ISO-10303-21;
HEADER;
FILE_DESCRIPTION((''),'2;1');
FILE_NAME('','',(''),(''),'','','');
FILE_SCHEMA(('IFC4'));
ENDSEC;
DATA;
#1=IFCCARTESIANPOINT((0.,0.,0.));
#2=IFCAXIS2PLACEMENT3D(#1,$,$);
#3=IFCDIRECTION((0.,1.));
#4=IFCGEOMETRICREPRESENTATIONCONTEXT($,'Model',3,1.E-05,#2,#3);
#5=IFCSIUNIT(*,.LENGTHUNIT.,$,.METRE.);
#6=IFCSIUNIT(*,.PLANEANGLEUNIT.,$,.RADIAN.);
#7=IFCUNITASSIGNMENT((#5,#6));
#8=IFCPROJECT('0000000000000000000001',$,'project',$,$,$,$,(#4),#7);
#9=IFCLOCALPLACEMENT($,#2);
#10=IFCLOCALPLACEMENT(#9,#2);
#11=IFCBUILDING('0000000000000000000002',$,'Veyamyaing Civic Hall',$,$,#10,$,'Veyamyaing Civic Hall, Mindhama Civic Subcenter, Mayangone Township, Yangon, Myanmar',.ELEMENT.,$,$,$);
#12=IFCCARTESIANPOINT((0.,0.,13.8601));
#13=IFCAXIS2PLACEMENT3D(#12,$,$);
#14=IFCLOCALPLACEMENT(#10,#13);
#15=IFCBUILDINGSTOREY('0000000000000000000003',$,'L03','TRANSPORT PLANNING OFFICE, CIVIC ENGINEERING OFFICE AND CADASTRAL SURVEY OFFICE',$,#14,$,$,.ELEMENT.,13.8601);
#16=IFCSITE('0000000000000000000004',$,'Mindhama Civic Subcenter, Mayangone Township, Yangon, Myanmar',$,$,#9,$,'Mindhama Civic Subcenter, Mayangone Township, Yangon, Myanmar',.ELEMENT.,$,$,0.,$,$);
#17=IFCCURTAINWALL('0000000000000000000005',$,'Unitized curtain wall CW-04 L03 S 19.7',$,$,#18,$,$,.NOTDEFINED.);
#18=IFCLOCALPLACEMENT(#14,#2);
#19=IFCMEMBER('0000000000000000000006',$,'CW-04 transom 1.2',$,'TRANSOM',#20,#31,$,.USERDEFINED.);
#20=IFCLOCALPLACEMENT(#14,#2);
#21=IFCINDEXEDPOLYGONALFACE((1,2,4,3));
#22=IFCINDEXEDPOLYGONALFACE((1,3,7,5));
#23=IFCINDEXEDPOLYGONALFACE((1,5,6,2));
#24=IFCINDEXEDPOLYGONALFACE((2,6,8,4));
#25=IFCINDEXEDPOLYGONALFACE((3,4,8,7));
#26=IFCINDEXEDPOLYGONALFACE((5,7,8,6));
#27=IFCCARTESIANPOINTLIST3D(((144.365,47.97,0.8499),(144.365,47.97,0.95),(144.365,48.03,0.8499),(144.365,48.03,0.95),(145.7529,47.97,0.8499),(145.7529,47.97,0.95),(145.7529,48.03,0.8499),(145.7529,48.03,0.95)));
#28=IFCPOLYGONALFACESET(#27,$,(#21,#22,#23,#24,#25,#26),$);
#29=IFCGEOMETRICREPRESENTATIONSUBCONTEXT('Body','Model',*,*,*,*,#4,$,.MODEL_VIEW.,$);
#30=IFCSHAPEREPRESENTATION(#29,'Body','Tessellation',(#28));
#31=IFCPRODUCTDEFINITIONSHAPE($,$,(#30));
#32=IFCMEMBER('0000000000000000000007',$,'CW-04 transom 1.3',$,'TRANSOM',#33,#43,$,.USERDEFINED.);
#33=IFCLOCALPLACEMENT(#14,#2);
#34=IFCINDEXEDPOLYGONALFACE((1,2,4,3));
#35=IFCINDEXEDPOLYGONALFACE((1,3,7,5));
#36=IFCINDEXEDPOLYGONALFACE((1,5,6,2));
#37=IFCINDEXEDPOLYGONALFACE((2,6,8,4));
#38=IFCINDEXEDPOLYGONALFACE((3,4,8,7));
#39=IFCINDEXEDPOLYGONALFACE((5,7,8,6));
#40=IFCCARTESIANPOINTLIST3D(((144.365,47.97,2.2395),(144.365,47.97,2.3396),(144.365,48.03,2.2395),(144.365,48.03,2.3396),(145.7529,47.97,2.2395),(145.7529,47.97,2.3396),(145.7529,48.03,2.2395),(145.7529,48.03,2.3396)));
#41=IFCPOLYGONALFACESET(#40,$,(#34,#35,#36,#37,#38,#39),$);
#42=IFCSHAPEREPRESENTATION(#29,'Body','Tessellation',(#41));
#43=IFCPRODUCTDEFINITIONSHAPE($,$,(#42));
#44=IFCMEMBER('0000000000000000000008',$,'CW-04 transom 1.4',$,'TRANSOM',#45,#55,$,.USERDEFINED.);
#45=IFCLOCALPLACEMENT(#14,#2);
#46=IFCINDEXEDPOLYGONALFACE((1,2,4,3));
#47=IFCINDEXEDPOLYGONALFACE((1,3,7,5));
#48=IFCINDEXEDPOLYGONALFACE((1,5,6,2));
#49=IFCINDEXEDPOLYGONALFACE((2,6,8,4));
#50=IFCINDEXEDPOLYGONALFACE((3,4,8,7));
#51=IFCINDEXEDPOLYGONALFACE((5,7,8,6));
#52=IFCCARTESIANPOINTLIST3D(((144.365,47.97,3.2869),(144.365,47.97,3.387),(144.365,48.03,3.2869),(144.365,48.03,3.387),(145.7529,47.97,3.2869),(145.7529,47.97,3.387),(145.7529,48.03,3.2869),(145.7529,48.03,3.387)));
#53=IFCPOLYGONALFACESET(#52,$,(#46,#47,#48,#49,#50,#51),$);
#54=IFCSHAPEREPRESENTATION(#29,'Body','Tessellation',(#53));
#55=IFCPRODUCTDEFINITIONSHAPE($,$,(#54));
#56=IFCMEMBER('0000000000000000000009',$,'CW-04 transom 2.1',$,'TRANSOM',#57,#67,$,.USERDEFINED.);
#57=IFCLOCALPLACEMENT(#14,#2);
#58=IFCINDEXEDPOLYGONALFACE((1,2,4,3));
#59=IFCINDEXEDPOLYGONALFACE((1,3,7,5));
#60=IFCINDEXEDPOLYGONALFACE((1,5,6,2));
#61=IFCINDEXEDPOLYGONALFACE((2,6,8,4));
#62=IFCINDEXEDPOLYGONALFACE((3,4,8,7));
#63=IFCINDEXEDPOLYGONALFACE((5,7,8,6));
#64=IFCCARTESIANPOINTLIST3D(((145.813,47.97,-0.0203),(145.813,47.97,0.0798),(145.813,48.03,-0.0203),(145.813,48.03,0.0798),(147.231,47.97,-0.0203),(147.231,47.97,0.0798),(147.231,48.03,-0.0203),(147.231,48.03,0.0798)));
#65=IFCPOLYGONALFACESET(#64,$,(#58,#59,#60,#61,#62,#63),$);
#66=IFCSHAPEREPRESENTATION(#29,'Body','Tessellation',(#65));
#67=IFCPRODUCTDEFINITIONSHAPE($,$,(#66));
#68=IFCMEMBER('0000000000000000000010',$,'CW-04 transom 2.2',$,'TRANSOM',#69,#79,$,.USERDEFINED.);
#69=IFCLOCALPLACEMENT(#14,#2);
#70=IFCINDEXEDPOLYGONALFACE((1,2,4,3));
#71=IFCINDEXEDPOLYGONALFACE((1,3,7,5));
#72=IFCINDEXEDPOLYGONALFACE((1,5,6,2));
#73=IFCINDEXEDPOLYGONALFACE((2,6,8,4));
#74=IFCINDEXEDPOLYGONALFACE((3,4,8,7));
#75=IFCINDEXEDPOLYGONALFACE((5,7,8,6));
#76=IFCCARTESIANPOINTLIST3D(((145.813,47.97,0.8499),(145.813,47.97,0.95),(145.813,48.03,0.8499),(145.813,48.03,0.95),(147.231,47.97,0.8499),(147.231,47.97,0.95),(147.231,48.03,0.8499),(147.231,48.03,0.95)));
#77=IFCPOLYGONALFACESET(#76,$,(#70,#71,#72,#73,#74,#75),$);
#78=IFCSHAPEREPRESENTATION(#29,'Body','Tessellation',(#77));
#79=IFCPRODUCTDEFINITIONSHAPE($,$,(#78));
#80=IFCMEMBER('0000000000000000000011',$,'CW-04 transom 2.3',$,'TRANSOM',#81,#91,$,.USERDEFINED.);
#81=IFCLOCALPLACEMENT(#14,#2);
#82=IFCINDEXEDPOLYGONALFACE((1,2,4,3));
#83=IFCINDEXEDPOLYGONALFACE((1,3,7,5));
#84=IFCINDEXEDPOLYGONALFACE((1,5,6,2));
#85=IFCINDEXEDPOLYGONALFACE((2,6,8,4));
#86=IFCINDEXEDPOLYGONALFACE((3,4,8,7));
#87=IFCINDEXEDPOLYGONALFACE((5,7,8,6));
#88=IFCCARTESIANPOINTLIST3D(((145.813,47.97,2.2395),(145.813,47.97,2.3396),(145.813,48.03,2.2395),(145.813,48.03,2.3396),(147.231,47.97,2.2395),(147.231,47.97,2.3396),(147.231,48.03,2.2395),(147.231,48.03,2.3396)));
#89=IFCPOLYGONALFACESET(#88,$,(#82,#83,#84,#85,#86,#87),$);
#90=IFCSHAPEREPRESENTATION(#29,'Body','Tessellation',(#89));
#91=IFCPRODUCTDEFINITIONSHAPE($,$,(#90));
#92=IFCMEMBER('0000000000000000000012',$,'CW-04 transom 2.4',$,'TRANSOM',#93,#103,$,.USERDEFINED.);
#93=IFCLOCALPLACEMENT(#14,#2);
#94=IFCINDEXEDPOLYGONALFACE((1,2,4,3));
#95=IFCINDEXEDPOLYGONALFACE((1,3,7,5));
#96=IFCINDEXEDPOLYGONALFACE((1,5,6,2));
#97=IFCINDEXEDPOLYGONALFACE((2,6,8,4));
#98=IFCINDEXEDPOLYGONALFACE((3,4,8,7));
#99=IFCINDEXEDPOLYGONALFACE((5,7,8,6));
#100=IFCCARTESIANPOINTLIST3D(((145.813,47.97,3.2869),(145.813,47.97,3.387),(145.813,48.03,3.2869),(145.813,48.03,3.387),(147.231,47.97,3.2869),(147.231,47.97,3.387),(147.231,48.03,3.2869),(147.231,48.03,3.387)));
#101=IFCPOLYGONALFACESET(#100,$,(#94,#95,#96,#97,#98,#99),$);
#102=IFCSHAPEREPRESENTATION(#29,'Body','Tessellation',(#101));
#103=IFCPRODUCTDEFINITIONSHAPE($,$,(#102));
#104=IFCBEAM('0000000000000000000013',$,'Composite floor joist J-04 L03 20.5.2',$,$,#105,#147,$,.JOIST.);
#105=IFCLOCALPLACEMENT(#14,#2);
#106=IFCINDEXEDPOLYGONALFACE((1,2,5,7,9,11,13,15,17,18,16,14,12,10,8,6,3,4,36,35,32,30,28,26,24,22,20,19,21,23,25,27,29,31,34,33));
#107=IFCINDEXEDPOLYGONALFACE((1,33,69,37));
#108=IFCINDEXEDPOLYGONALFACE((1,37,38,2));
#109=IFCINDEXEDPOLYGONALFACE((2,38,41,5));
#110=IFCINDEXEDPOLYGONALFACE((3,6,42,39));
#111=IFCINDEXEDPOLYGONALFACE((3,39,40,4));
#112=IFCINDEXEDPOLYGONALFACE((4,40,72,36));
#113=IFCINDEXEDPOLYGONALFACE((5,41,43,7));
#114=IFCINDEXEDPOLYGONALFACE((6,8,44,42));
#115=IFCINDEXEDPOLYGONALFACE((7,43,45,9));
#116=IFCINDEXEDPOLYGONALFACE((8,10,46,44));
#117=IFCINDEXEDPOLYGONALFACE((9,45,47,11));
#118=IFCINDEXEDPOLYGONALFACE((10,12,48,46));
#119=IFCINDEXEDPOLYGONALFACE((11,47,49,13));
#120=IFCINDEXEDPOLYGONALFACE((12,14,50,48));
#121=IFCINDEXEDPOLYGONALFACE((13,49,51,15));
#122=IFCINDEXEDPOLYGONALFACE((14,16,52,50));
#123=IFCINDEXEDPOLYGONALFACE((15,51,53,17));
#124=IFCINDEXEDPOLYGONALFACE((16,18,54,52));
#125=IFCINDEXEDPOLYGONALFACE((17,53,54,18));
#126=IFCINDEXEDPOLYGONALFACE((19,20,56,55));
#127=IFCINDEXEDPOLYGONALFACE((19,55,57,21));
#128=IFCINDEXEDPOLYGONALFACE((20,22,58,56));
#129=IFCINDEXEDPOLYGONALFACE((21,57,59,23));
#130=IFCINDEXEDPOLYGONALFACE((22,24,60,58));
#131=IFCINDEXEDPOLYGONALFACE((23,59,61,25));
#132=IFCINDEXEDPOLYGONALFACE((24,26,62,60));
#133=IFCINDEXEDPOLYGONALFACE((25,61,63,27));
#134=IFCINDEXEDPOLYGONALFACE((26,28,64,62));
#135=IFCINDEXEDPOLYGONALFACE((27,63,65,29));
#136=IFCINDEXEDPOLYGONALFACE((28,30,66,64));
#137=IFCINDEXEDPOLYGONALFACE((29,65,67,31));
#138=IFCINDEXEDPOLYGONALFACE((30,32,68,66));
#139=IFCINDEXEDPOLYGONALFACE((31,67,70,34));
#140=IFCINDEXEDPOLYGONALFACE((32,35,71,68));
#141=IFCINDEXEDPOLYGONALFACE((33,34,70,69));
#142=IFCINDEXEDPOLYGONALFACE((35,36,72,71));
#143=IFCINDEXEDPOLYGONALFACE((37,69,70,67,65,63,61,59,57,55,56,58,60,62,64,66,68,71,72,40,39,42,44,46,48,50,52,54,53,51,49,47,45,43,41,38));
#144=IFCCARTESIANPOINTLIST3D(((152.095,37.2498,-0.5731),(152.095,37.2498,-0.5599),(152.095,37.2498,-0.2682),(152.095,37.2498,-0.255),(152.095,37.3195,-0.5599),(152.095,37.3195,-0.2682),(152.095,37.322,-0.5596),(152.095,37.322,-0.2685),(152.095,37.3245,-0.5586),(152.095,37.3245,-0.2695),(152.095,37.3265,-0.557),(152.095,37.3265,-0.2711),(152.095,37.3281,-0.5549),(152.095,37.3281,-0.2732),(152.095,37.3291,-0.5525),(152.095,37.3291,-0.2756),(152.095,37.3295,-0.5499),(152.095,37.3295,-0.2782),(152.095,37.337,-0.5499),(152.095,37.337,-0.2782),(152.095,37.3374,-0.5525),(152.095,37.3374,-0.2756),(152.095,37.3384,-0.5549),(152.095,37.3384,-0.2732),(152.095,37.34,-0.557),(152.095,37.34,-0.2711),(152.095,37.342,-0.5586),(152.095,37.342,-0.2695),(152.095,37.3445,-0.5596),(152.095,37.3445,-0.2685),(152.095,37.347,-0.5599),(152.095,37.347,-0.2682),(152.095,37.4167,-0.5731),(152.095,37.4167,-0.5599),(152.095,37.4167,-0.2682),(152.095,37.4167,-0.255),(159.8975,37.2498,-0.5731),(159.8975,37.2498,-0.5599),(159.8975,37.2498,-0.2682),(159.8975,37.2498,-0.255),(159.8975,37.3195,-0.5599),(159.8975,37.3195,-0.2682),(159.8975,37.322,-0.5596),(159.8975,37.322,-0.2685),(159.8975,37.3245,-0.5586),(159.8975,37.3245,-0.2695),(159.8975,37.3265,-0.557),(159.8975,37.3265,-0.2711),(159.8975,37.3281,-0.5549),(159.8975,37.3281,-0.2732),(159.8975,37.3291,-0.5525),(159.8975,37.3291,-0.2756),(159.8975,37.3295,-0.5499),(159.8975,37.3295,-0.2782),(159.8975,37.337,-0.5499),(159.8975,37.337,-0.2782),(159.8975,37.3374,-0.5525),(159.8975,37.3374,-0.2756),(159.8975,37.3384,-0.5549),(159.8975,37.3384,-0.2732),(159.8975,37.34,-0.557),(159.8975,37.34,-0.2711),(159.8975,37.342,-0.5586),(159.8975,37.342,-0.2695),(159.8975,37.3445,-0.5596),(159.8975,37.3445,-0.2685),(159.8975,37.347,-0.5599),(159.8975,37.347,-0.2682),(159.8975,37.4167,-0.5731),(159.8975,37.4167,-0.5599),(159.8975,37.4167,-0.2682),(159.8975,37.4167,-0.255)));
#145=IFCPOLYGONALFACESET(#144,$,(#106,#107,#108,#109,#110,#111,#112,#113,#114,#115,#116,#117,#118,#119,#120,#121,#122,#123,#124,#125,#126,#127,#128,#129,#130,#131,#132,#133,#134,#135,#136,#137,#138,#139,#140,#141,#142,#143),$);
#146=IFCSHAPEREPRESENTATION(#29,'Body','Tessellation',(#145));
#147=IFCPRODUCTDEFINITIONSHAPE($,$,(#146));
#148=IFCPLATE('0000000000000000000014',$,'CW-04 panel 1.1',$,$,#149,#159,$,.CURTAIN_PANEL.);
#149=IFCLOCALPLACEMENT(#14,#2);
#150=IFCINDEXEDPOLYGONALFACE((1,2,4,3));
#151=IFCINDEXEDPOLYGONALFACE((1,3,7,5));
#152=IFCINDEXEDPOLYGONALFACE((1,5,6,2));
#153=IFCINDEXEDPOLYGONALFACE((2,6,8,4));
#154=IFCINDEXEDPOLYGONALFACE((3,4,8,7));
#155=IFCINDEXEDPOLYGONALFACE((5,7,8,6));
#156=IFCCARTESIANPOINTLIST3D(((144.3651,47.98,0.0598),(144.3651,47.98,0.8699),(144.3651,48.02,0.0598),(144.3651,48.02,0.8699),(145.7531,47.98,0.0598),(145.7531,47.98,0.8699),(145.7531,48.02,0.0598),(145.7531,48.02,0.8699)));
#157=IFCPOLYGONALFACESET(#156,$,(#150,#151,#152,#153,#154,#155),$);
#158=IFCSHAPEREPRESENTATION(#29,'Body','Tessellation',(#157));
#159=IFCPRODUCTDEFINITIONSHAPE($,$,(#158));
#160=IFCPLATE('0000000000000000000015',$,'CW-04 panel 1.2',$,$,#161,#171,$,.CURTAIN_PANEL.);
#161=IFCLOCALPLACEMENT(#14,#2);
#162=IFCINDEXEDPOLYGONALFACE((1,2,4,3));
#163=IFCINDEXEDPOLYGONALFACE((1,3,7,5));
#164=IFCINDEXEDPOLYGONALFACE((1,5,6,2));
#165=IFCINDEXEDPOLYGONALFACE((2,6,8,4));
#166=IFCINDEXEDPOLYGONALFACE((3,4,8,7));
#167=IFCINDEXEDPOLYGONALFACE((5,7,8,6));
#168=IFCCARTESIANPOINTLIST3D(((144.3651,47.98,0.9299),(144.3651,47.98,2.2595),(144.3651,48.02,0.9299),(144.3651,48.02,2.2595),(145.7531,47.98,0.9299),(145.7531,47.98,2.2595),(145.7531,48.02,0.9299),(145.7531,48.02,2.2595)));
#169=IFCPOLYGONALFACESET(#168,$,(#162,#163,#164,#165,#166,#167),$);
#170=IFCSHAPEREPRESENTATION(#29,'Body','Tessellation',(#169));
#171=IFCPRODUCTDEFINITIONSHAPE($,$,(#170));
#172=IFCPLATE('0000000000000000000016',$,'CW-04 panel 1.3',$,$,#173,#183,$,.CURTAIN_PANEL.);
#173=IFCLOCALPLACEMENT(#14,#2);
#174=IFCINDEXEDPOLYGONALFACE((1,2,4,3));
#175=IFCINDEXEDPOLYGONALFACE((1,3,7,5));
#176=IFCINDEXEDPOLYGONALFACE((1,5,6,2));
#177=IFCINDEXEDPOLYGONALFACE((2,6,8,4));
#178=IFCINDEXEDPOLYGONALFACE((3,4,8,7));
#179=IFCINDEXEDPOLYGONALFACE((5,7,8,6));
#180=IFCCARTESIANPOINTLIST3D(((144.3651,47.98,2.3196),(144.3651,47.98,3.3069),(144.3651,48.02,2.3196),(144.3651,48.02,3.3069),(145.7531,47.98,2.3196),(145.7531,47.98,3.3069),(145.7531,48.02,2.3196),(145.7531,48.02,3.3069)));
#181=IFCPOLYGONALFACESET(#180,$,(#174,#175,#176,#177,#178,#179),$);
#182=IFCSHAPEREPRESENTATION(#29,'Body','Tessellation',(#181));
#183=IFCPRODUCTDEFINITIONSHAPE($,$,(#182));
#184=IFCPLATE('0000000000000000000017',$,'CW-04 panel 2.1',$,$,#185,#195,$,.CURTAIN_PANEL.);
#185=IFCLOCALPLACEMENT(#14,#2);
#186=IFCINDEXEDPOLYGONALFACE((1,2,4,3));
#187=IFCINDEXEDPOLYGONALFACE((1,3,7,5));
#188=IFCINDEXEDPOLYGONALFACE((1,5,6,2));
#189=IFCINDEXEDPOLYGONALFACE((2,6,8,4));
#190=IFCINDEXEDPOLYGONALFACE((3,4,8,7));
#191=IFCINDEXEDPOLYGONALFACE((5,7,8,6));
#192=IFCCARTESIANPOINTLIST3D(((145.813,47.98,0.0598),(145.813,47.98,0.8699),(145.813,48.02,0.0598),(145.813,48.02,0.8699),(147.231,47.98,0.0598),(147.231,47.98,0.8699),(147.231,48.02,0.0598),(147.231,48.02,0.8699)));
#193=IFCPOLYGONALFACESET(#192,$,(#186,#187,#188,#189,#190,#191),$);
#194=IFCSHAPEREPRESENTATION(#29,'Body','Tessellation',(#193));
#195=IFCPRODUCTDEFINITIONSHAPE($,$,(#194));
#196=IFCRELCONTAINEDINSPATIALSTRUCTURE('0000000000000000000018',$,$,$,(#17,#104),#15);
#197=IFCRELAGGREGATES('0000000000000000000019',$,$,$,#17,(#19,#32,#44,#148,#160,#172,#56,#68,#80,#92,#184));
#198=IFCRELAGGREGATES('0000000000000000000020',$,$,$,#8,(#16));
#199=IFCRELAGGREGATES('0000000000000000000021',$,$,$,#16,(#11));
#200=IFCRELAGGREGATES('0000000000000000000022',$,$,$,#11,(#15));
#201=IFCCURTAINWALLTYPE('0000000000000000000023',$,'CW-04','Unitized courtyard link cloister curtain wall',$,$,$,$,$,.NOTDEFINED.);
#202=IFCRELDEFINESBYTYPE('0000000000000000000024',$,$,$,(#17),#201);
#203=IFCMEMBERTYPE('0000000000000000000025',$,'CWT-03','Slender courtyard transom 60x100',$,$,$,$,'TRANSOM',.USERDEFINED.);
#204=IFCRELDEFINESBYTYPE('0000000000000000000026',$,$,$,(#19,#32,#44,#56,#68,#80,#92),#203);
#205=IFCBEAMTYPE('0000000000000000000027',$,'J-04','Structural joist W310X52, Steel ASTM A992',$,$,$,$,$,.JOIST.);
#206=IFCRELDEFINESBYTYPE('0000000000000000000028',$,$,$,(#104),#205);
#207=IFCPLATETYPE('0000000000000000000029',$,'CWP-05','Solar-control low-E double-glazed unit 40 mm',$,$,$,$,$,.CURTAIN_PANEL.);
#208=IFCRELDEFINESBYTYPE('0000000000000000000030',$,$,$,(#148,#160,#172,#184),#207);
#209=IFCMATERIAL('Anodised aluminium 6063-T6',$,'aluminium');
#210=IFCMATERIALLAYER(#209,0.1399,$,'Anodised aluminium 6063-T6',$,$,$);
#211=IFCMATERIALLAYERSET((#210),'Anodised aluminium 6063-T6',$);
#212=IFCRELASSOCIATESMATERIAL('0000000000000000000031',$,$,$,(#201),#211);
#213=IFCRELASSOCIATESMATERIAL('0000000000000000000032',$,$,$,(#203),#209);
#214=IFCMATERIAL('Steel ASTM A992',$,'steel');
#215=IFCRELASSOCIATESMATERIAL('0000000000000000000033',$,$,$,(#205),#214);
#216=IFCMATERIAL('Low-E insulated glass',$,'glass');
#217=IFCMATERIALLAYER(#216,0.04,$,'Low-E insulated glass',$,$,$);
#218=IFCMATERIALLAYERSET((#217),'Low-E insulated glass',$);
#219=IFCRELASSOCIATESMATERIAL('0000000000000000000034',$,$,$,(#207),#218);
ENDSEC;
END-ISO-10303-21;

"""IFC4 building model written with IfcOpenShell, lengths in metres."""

from ifc_helpers import new_model, si_unit, direction, frame, origin, origin_2d, place, context, subcontext, project, spatial, rectangle, i_section, extrude, material, layer, layer_set, material_profile, profile_set, type_object, element, aggregate, save


model = new_model("IFC4")

# Units and contexts
model_context = context("Model", 3, precision=1e-05, world=origin(), true_north=direction((0.0, 1.0)))
body_context = subcontext(model_context, "Body", "Model", "MODEL_VIEW")
ifc_project = project(units=[si_unit("LENGTHUNIT", "METRE"), si_unit("PLANEANGLEUNIT", "RADIAN")], contexts=[model_context])

# Site, building, storey
site_placement = place(None, origin())
site = spatial("IfcSite", under=ifc_project, at=site_placement, Name="Mindhama Civic Subcenter, Mayangone Township, Yangon, Myanmar", LongName="Mindhama Civic Subcenter, Mayangone Township, Yangon, Myanmar", CompositionType="ELEMENT", RefElevation=0.0)
building_placement = place(site_placement, origin())
building = spatial("IfcBuilding", under=site, at=building_placement, Name="Veyamyaing Civic Hall", LongName="Veyamyaing Civic Hall, Mindhama Civic Subcenter, Mayangone Township, Yangon, Myanmar", CompositionType="ELEMENT")
storey_placement = place(building_placement, frame((0.0, 0.0, 13.8601)))
storey = spatial("IfcBuildingStorey", under=building, at=storey_placement, Name="L03", Description="TRANSPORT PLANNING OFFICE, CIVIC ENGINEERING OFFICE AND CADASTRAL SURVEY OFFICE", CompositionType="ELEMENT", Elevation=13.8601)

# Shared definitions
ifc_material_1 = material(Name="Steel ASTM A992", Category="steel")

# Curtain wall, members
ifc_material_2 = material(Name="Anodised aluminium 6063-T6", Category="aluminium")
ifc_layer_1 = layer(ifc_material_2, 0.1399, Name="Anodised aluminium 6063-T6")
ifc_layer_set_1 = layer_set([ifc_layer_1], Name="Anodised aluminium 6063-T6")
curtain_wall_type = type_object("IfcCurtainWallType", Name="CW-04", Description="Unitized courtyard link cloister curtain wall", PredefinedType="NOTDEFINED", material=ifc_layer_set_1)
curtain_wall_placement = place(storey_placement, origin())
curtain_wall = element("IfcCurtainWall", 1, at=curtain_wall_placement, inside=storey, type_object=curtain_wall_type, Name="Unitized curtain wall CW-04 L03 S 19.7", PredefinedType="NOTDEFINED")
ifc_material_profile_1 = material_profile(ifc_material_2, rectangle(XDim=0.0601, YDim=0.1001, at=origin_2d()), Name="ALU-TRN-60X100")
ifc_profile_set_1 = profile_set([ifc_material_profile_1], Name="Anodised aluminium 6063-T6")
member_type_1 = type_object("IfcMemberType", Name="CWT-03", Description="Slender courtyard transom 60x100", ElementType="TRANSOM", PredefinedType="USERDEFINED", material=ifc_profile_set_1)
member_1_placement = place(storey_placement, frame((144.365, 48.0, 0.8999), z_axis=(1.0, 0.0, 0.0), x_axis=(0.0, 1.0, 0.0)))
member_1 = element("IfcMember", 2, at=member_1_placement, type_object=member_type_1, Name="CW-04 transom 1.2", ObjectType="TRANSOM", PredefinedType="USERDEFINED", context=body_context, shape_type="SweptSolid", body=[
    extrude(rectangle(XDim=0.0601, YDim=0.1001, at=origin_2d()), origin(), (0.0, 0.0, 1.0), 1.3879),
])
member_2_placement = place(storey_placement, frame((144.365, 48.0, 2.2896), z_axis=(1.0, 0.0, 0.0), x_axis=(0.0, 1.0, 0.0)))
member_2 = element("IfcMember", 3, at=member_2_placement, type_object=member_type_1, Name="CW-04 transom 1.3", ObjectType="TRANSOM", PredefinedType="USERDEFINED", context=body_context, shape_type="SweptSolid", body=[
    extrude(rectangle(XDim=0.0601, YDim=0.1001, at=origin_2d()), origin(), (0.0, 0.0, 1.0), 1.3879),
])
member_3_placement = place(storey_placement, frame((144.365, 48.0, 3.3369), z_axis=(1.0, 0.0, 0.0), x_axis=(0.0, 1.0, 0.0)))
member_3 = element("IfcMember", 4, at=member_3_placement, type_object=member_type_1, Name="CW-04 transom 1.4", ObjectType="TRANSOM", PredefinedType="USERDEFINED", context=body_context, shape_type="SweptSolid", body=[
    extrude(rectangle(XDim=0.0601, YDim=0.1001, at=origin_2d()), origin(), (0.0, 0.0, 1.0), 1.3879),
])
member_4_placement = place(storey_placement, frame((145.813, 48.0, 0.0298), z_axis=(1.0, 0.0, 0.0), x_axis=(0.0, 1.0, 0.0)))
member_4 = element("IfcMember", 5, at=member_4_placement, type_object=member_type_1, Name="CW-04 transom 2.1", ObjectType="TRANSOM", PredefinedType="USERDEFINED", context=body_context, shape_type="SweptSolid", body=[
    extrude(rectangle(XDim=0.0601, YDim=0.1001, at=origin_2d()), origin(), (0.0, 0.0, 1.0), 1.418),
])
member_5_placement = place(storey_placement, frame((145.813, 48.0, 0.8999), z_axis=(1.0, 0.0, 0.0), x_axis=(0.0, 1.0, 0.0)))
member_5 = element("IfcMember", 6, at=member_5_placement, type_object=member_type_1, Name="CW-04 transom 2.2", ObjectType="TRANSOM", PredefinedType="USERDEFINED", context=body_context, shape_type="SweptSolid", body=[
    extrude(rectangle(XDim=0.0601, YDim=0.1001, at=origin_2d()), origin(), (0.0, 0.0, 1.0), 1.418),
])
member_6_placement = place(storey_placement, frame((145.813, 48.0, 2.2896), z_axis=(1.0, 0.0, 0.0), x_axis=(0.0, 1.0, 0.0)))
member_6 = element("IfcMember", 7, at=member_6_placement, type_object=member_type_1, Name="CW-04 transom 2.3", ObjectType="TRANSOM", PredefinedType="USERDEFINED", context=body_context, shape_type="SweptSolid", body=[
    extrude(rectangle(XDim=0.0601, YDim=0.1001, at=origin_2d()), origin(), (0.0, 0.0, 1.0), 1.418),
])
member_7_placement = place(storey_placement, frame((145.813, 48.0, 3.3369), z_axis=(1.0, 0.0, 0.0), x_axis=(0.0, 1.0, 0.0)))
member_7 = element("IfcMember", 8, at=member_7_placement, type_object=member_type_1, Name="CW-04 transom 2.4", ObjectType="TRANSOM", PredefinedType="USERDEFINED", context=body_context, shape_type="SweptSolid", body=[
    extrude(rectangle(XDim=0.0601, YDim=0.1001, at=origin_2d()), origin(), (0.0, 0.0, 1.0), 1.418),
])

# Beam
ifc_material_profile_2 = material_profile(ifc_material_1, i_section(OverallWidth=0.167, OverallDepth=0.3181, WebThickness=0.0076, FlangeThickness=0.0132, FilletRadius=0.01, at=origin_2d()), Name="W310X52")
ifc_profile_set_2 = profile_set([ifc_material_profile_2], Name="Steel ASTM A992")
beam_type_1 = type_object("IfcBeamType", Name="J-04", Description="Structural joist W310X52, Steel ASTM A992", PredefinedType="JOIST", material=ifc_profile_set_2)
beam_1_placement = place(storey_placement, frame((152.095, 37.3333, -0.4141), z_axis=(1.0, 0.0, 0.0), x_axis=(0.0, 1.0, 0.0)))
element("IfcBeam", 9, at=beam_1_placement, inside=storey, type_object=beam_type_1, Name="Composite floor joist J-04 L03 20.5.2", PredefinedType="JOIST", context=body_context, shape_type="SweptSolid", body=[
    extrude(i_section(OverallWidth=0.167, OverallDepth=0.3181, WebThickness=0.0076, FlangeThickness=0.0132, FilletRadius=0.01, at=origin_2d()), origin(), (0.0, 0.0, 1.0), 7.8025),
])

# Plates
ifc_material_3 = material(Name="Low-E insulated glass", Category="glass")
ifc_layer_2 = layer(ifc_material_3, 0.04, Name="Low-E insulated glass")
ifc_layer_set_2 = layer_set([ifc_layer_2], Name="Low-E insulated glass")
plate_type = type_object("IfcPlateType", Name="CWP-05", Description="Solar-control low-E double-glazed unit 40 mm", PredefinedType="CURTAIN_PANEL", material=ifc_layer_set_2)
plate_1_placement = place(storey_placement, frame((145.0591, 48.0, 0.0598), z_axis=(0.0, 0.0, 1.0), x_axis=(1.0, 0.0, 0.0)))
plate_1 = element("IfcPlate", 10, at=plate_1_placement, type_object=plate_type, Name="CW-04 panel 1.1", PredefinedType="CURTAIN_PANEL", context=body_context, shape_type="SweptSolid", body=[
    extrude(rectangle(XDim=1.3879, YDim=0.04, at=origin_2d()), origin(), (0.0, 0.0, 1.0), 0.8101),
])
plate_2_placement = place(storey_placement, frame((145.0591, 48.0, 0.9299), z_axis=(0.0, 0.0, 1.0), x_axis=(1.0, 0.0, 0.0)))
plate_2 = element("IfcPlate", 11, at=plate_2_placement, type_object=plate_type, Name="CW-04 panel 1.2", PredefinedType="CURTAIN_PANEL", context=body_context, shape_type="SweptSolid", body=[
    extrude(rectangle(XDim=1.3879, YDim=0.04, at=origin_2d()), origin(), (0.0, 0.0, 1.0), 1.3296),
])
plate_3_placement = place(storey_placement, frame((145.0591, 48.0, 2.3196), z_axis=(0.0, 0.0, 1.0), x_axis=(1.0, 0.0, 0.0)))
plate_3 = element("IfcPlate", 12, at=plate_3_placement, type_object=plate_type, Name="CW-04 panel 1.3", PredefinedType="CURTAIN_PANEL", context=body_context, shape_type="SweptSolid", body=[
    extrude(rectangle(XDim=1.3879, YDim=0.04, at=origin_2d()), origin(), (0.0, 0.0, 1.0), 0.9873),
])
plate_4_placement = place(storey_placement, frame((146.522, 48.0, 0.0598), z_axis=(0.0, 0.0, 1.0), x_axis=(1.0, 0.0, 0.0)))
plate_4 = element("IfcPlate", 13, at=plate_4_placement, type_object=plate_type, Name="CW-04 panel 2.1", PredefinedType="CURTAIN_PANEL", context=body_context, shape_type="SweptSolid", body=[
    extrude(rectangle(XDim=1.418, YDim=0.04, at=origin_2d()), origin(), (0.0, 0.0, 1.0), 0.8101),
])
aggregate(curtain_wall, [member_1, member_2, member_3, plate_1, plate_2, plate_3, member_4, member_5, member_6, member_7, plate_4])

save(model, "model.ifc")
